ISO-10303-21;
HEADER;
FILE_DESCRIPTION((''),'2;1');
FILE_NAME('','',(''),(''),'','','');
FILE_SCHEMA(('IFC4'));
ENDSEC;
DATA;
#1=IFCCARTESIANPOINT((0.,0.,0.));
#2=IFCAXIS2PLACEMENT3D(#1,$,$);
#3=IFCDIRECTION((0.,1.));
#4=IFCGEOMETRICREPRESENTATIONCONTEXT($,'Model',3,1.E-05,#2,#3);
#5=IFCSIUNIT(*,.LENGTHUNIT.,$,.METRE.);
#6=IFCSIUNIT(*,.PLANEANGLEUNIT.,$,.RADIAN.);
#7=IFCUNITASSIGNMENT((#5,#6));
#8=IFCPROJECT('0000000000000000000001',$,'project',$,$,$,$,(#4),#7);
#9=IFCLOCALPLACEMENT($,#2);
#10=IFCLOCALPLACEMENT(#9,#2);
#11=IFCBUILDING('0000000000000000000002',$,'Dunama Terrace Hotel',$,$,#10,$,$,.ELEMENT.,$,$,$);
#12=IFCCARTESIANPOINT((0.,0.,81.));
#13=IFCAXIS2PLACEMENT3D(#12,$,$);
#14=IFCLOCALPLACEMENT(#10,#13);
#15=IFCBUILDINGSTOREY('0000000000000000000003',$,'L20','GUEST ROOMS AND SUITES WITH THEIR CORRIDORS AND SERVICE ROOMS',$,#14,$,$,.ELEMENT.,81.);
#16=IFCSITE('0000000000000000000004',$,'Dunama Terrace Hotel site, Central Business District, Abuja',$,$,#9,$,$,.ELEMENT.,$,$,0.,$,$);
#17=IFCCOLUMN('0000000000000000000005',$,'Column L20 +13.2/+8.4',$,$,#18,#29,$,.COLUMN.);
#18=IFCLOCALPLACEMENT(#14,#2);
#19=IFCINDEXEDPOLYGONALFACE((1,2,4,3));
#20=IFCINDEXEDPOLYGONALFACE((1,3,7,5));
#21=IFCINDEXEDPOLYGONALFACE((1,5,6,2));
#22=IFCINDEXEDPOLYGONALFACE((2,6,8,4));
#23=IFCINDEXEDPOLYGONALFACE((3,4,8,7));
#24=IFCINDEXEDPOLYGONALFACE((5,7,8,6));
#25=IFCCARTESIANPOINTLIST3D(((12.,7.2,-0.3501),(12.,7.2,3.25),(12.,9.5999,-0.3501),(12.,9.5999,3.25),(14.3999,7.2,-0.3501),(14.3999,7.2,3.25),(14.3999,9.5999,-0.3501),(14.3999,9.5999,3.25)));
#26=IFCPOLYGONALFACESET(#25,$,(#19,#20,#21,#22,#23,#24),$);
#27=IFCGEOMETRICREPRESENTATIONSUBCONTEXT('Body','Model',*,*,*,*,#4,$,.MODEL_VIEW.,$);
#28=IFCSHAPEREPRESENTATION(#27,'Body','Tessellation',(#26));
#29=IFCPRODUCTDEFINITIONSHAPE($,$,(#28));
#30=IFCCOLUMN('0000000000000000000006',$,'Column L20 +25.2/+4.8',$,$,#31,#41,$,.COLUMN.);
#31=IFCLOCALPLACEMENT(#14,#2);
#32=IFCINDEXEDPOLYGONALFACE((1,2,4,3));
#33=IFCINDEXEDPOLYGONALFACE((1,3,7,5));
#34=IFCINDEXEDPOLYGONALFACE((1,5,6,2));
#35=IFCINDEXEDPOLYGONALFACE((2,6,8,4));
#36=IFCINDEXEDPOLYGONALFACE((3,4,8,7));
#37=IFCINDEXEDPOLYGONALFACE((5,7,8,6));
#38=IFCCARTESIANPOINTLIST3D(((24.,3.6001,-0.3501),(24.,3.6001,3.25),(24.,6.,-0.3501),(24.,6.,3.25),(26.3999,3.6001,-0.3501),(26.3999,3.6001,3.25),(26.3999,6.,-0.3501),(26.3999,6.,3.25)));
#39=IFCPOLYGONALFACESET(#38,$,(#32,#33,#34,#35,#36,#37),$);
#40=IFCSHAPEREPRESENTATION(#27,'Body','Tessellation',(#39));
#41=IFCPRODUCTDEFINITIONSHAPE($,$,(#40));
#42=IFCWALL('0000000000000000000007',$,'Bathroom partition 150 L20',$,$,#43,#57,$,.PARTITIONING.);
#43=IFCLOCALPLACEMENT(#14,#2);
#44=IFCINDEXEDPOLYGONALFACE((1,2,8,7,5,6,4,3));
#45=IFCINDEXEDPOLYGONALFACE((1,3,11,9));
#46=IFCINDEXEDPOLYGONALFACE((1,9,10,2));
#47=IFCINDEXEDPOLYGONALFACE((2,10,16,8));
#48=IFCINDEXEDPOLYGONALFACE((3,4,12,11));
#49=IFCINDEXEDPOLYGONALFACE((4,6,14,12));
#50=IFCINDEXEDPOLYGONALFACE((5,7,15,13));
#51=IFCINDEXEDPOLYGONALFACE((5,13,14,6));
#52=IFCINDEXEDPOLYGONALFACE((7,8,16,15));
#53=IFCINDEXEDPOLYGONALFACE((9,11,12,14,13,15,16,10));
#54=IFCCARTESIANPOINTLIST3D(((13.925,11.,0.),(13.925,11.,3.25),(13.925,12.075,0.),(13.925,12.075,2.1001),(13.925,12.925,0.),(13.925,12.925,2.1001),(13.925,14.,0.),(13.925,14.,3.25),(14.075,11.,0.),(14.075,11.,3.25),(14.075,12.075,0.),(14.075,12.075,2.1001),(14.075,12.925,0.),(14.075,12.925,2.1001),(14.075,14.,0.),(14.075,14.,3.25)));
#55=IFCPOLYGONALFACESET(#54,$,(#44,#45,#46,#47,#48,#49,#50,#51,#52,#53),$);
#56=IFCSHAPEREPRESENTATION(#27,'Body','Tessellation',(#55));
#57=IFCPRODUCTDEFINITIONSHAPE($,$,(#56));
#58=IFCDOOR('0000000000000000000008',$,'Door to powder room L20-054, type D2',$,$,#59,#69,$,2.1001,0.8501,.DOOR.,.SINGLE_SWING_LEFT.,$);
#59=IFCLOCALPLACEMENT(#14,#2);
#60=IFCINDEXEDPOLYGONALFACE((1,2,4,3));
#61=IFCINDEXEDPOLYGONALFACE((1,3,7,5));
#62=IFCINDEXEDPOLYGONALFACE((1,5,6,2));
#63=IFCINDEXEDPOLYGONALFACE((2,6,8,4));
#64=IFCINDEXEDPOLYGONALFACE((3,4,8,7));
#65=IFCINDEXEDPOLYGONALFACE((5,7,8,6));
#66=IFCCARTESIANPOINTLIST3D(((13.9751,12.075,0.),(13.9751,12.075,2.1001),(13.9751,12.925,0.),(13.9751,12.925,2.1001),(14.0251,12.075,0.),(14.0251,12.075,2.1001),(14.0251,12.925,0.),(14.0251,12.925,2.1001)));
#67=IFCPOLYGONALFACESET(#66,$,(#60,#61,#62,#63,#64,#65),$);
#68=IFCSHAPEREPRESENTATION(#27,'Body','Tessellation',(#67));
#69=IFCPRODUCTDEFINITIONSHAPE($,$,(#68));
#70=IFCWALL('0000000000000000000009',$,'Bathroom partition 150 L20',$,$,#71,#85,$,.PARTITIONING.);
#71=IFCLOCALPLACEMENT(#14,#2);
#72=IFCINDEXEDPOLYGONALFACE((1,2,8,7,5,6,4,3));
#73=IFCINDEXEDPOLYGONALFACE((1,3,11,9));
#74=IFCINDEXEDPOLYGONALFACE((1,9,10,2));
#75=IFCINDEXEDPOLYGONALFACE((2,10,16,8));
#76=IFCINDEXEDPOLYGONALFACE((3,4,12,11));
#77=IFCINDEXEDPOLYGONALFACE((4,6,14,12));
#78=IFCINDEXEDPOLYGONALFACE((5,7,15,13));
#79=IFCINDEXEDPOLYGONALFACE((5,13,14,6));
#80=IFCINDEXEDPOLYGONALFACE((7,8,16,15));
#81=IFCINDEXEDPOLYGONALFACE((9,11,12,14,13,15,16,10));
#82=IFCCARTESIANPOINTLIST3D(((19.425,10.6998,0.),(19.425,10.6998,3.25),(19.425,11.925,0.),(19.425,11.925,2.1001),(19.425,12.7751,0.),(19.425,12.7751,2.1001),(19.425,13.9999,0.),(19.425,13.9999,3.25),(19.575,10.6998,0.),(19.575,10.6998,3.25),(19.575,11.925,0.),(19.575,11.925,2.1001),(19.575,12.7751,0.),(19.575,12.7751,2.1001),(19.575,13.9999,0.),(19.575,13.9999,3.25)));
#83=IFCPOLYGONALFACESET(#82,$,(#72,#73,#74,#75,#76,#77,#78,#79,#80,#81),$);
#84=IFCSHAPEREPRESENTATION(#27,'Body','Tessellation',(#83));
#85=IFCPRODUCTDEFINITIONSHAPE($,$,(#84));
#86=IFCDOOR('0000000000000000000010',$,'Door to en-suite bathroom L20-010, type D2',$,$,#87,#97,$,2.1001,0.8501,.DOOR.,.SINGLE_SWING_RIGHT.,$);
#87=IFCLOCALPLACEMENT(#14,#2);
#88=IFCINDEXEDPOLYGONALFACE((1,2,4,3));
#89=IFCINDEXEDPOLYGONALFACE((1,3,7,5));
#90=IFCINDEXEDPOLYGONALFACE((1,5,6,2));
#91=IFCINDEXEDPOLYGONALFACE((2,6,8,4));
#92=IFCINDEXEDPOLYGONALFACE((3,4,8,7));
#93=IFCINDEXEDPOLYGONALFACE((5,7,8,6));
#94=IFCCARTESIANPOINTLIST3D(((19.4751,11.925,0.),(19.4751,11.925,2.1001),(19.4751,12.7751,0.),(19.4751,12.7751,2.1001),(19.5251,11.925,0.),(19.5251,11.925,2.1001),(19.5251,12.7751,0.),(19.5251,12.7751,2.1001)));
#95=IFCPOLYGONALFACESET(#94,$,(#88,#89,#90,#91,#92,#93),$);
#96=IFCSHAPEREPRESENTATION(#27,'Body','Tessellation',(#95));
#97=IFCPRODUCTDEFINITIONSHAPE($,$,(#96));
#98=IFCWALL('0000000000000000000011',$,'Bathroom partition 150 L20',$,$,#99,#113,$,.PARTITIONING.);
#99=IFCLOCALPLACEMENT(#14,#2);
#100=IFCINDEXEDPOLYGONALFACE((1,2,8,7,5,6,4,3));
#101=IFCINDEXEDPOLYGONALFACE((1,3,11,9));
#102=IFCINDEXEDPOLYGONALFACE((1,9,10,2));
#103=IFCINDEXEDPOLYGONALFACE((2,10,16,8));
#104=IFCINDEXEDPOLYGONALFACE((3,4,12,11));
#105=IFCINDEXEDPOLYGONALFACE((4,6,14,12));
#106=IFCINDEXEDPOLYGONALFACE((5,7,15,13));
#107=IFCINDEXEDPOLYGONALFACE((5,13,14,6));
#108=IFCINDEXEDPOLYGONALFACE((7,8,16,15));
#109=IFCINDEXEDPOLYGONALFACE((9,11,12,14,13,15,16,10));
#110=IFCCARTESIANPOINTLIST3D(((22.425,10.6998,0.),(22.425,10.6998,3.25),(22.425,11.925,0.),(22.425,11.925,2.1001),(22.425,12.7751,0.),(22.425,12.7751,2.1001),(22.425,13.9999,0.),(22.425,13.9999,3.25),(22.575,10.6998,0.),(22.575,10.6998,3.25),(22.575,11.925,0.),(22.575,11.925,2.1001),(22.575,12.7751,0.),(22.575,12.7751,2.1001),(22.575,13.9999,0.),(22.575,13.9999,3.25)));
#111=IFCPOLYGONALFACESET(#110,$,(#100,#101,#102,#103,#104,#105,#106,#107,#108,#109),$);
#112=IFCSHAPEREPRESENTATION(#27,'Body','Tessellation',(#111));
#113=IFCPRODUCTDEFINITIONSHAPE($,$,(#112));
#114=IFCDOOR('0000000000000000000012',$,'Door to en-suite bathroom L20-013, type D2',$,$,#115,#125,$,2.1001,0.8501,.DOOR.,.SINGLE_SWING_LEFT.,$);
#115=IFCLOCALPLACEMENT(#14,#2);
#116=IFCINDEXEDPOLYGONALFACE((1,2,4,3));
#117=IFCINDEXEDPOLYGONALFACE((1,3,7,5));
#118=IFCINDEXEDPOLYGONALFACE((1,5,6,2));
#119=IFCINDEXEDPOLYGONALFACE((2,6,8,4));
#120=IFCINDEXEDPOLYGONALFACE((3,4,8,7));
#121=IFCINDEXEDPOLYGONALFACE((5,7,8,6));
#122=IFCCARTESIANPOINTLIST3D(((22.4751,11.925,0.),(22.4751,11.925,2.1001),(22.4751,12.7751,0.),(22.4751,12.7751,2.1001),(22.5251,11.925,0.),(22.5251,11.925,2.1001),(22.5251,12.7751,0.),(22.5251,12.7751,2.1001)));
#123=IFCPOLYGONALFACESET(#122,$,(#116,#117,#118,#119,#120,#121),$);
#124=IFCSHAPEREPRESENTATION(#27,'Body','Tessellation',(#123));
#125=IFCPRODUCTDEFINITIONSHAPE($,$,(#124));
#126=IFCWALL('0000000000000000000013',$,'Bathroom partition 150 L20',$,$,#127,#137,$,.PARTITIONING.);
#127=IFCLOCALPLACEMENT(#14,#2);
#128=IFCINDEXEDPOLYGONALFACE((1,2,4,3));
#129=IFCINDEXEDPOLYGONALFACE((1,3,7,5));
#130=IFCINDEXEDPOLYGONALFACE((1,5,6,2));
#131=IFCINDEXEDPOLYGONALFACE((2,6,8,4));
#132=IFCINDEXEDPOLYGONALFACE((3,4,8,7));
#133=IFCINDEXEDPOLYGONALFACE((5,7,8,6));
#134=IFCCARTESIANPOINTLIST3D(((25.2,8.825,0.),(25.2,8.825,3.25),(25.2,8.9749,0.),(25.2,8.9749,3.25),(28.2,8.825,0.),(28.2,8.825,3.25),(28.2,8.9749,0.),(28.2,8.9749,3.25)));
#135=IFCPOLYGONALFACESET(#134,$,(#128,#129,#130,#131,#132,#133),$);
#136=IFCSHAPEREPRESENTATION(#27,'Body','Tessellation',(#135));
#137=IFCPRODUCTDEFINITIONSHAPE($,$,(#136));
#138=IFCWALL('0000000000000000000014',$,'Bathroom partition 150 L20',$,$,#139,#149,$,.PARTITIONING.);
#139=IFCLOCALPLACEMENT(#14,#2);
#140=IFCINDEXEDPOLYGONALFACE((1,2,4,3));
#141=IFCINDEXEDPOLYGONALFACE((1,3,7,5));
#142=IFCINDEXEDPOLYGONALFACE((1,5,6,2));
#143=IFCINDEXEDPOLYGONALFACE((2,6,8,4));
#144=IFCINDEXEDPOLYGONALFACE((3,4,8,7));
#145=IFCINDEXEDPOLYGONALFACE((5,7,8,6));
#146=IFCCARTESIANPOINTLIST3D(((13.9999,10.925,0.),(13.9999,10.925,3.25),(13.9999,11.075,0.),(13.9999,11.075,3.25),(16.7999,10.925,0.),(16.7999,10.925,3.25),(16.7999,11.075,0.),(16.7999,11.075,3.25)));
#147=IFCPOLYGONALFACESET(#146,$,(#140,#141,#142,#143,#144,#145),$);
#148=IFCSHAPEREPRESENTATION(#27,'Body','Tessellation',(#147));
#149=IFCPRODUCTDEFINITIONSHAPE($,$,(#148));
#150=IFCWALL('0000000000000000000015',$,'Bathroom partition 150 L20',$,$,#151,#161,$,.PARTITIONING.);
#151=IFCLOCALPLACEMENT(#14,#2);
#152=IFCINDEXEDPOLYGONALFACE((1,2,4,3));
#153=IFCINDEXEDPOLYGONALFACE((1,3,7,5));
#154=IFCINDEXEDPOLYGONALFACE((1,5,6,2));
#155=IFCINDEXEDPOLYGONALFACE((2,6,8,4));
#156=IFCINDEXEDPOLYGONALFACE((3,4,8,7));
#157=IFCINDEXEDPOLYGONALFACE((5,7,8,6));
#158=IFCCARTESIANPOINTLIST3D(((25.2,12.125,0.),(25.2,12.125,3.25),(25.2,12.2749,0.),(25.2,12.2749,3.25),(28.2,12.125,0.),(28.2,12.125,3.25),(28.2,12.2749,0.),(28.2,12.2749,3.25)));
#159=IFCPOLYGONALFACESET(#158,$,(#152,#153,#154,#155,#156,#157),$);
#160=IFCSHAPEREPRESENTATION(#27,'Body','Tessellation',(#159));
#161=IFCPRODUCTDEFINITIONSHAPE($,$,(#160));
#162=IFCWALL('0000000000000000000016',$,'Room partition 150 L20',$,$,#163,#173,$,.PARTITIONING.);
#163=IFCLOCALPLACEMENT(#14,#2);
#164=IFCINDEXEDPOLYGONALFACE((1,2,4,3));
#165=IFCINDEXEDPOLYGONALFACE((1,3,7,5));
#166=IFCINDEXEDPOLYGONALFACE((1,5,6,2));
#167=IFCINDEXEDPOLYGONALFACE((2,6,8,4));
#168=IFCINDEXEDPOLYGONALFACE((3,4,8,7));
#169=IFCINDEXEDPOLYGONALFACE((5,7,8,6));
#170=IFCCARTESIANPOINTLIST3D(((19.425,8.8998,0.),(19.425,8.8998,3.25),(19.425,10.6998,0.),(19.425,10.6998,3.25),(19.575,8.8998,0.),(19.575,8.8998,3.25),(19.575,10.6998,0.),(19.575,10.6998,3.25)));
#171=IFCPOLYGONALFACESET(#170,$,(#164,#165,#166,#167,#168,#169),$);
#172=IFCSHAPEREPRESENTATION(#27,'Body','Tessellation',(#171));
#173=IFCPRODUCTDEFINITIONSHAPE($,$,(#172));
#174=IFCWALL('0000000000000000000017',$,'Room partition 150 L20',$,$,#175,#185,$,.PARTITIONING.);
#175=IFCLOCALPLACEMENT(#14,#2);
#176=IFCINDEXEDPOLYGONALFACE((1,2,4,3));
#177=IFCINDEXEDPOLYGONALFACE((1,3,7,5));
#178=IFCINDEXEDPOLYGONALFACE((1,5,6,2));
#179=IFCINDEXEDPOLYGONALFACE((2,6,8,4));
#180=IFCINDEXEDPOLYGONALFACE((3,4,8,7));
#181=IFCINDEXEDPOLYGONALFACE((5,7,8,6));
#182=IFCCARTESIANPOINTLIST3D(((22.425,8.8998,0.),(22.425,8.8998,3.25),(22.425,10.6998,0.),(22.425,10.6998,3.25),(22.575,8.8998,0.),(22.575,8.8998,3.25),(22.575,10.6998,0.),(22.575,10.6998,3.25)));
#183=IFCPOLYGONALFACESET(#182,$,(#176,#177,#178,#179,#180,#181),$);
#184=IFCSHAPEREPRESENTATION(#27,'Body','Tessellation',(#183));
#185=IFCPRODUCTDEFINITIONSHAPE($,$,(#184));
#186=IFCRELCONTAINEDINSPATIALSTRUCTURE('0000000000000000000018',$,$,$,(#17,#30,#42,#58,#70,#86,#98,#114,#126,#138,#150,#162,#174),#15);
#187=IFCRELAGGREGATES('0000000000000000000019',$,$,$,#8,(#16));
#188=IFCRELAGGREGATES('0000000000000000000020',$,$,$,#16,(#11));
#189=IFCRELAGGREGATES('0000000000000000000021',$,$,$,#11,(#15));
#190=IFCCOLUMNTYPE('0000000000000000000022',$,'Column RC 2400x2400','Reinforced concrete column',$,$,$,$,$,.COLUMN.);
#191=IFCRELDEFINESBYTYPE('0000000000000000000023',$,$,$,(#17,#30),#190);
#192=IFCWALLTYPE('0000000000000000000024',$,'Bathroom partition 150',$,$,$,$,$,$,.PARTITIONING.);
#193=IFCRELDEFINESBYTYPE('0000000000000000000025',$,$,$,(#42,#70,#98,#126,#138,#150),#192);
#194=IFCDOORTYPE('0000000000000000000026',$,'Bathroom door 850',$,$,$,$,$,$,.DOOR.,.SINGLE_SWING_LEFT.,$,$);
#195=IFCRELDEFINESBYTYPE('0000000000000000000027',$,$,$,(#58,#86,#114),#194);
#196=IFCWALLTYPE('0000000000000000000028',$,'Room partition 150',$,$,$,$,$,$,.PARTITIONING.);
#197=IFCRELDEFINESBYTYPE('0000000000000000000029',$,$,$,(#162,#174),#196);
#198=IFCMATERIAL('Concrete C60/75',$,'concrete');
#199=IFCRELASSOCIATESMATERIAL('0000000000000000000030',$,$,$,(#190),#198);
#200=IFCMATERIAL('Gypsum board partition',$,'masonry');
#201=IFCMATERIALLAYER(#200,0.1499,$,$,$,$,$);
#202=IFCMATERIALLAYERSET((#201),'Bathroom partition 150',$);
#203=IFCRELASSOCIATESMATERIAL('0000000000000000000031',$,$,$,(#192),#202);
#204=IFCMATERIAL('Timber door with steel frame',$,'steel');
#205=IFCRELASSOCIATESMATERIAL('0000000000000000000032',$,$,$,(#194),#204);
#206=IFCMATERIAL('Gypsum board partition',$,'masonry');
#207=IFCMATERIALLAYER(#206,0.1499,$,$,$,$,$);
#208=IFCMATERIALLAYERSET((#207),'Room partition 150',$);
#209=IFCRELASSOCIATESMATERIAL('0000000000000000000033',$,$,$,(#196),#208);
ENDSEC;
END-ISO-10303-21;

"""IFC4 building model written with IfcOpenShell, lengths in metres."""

from ifc_helpers import new_model, si_unit, direction, frame, frame_2d, origin, origin_2d, place, context, subcontext, project, spatial, rectangle, extrude, material, layer, layer_set, material_profile, profile_set, type_object, element, fill, save


model = new_model("IFC4")

# Units and contexts
model_context = context("Model", 3, precision=1e-05, world=origin(), true_north=direction((0.0, 1.0)))
body_context = subcontext(model_context, "Body", "Model", "MODEL_VIEW")
ifc_project = project(units=[si_unit("LENGTHUNIT", "METRE"), si_unit("PLANEANGLEUNIT", "RADIAN")], contexts=[model_context])

# Site, building, storey
site_placement = place(None, origin())
site = spatial("IfcSite", under=ifc_project, at=site_placement, Name="Dunama Terrace Hotel site, Central Business District, Abuja", CompositionType="ELEMENT", RefElevation=0.0)
building_placement = place(site_placement, origin())
building = spatial("IfcBuilding", under=site, at=building_placement, Name="Dunama Terrace Hotel", CompositionType="ELEMENT")
storey_placement = place(building_placement, frame((0.0, 0.0, 81.0)))
storey = spatial("IfcBuildingStorey", under=building, at=storey_placement, Name="L20", Description="GUEST ROOMS AND SUITES WITH THEIR CORRIDORS AND SERVICE ROOMS", CompositionType="ELEMENT", Elevation=81.0)

# Columns
ifc_material_1 = material(Name="Concrete C60/75", Category="concrete")
ifc_material_profile = material_profile(ifc_material_1, rectangle(XDim=2.3999, YDim=2.3999, at=origin_2d()), Name="RC 2400x2400")
ifc_profile_set = profile_set([ifc_material_profile], Name="Concrete C60/75")
column_type = type_object("IfcColumnType", Name="Column RC 2400x2400", Description="Reinforced concrete column", PredefinedType="COLUMN", material=ifc_profile_set)
for number, where, z_axis, x_axis, name in (
    (1, (13.2, 8.3999, -0.3501), (0.0, 0.0, 1.0), (1.0, 0.0, 0.0), "Column L20 +13.2/+8.4"),
    (2, (25.2, 4.8, -0.3501), (0.0, 0.0, 1.0), (1.0, 0.0, 0.0), "Column L20 +25.2/+4.8"),
):
    element("IfcColumn", number, at=place(storey_placement, frame(where, z_axis=z_axis, x_axis=x_axis)), inside=storey, type_object=column_type, Name=name, PredefinedType="COLUMN", context=body_context, shape_type="SweptSolid", body=[
        extrude(rectangle(XDim=2.3999, YDim=2.3999, at=origin_2d()), origin(), (0.0, 0.0, 1.0), 3.6001),
    ])

# Walls, openings, doors
ifc_material_2 = material(Name="Gypsum board partition", Category="masonry")
ifc_layer_1 = layer(ifc_material_2, 0.1499)
ifc_layer_set_1 = layer_set([ifc_layer_1], Name="Bathroom partition 150")
wall_type_1 = type_object("IfcWallType", Name="Bathroom partition 150", PredefinedType="PARTITIONING", material=ifc_layer_set_1)
wall_1_placement = place(storey_placement, frame((14.0, 11.0, 0.0), z_axis=(0.0, 0.0, 1.0), x_axis=(0.0, 1.0, 0.0)))
wall_1 = element("IfcWall", 3, at=wall_1_placement, inside=storey, type_object=wall_type_1, Name="Bathroom partition 150 L20", PredefinedType="PARTITIONING", context=body_context, shape_type="SweptSolid", body=[
    extrude(rectangle(XDim=3.0, YDim=0.1499, at=frame_2d((1.5, 0.0))), origin(), (0.0, 0.0, 1.0), 3.25),
])
opening_1_placement = place(wall_1_placement, frame((1.075, 0.0, 0.0)))
opening_1 = element("IfcOpeningElement", 4, at=opening_1_placement, cuts=wall_1, PredefinedType="OPENING", context=body_context, shape_type="SweptSolid", body=[
    extrude(rectangle(XDim=0.8501, YDim=2.1001, at=frame_2d((0.425, 1.05))), frame((0.0, 0.085, 0.0), z_axis=(0.0, -1.0, 0.0), x_axis=(1.0, 0.0, 0.0)), (0.0, 0.0, 1.0), 0.1699),
])
ifc_material_3 = material(Name="Timber door with steel frame", Category="steel")
door_type_1 = type_object("IfcDoorType", Name="Bathroom door 850", OperationType="SINGLE_SWING_LEFT", PredefinedType="DOOR", material=ifc_material_3)
door_1_placement = place(opening_1_placement, frame((0.8501, 0.0, 0.0), z_axis=(0.0, 0.0, 1.0), x_axis=(-1.0, 0.0, 0.0)))
door_1 = element("IfcDoor", 5, at=door_1_placement, inside=storey, type_object=door_type_1, Name="Door to powder room L20-054, type D2", OperationType="SINGLE_SWING_LEFT", OverallHeight=2.1001, OverallWidth=0.8501, PredefinedType="DOOR", context=body_context, shape_type="SweptSolid", body=[
    extrude(rectangle(XDim=0.8501, YDim=2.1001, at=frame_2d((0.425, 1.05))), frame((0.0, 0.0251, 0.0), z_axis=(0.0, -1.0, 0.0), x_axis=(1.0, 0.0, 0.0)), (0.0, 0.0, 1.0), 0.05),
])
fill(opening_1, door_1)
wall_2_placement = place(storey_placement, frame((19.5, 10.7, 0.0), z_axis=(0.0, 0.0, 1.0), x_axis=(0.0, 1.0, 0.0)))
wall_2 = element("IfcWall", 6, at=wall_2_placement, inside=storey, type_object=wall_type_1, Name="Bathroom partition 150 L20", PredefinedType="PARTITIONING", context=body_context, shape_type="SweptSolid", body=[
    extrude(rectangle(XDim=3.3, YDim=0.1499, at=frame_2d((1.6499, 0.0))), origin(), (0.0, 0.0, 1.0), 3.25),
])
opening_2_placement = place(wall_2_placement, frame((1.2251, 0.0, 0.0)))
opening_2 = element("IfcOpeningElement", 7, at=opening_2_placement, cuts=wall_2, PredefinedType="OPENING", context=body_context, shape_type="SweptSolid", body=[
    extrude(rectangle(XDim=0.8501, YDim=2.1001, at=frame_2d((0.425, 1.05))), frame((0.0, 0.085, 0.0), z_axis=(0.0, -1.0, 0.0), x_axis=(1.0, 0.0, 0.0)), (0.0, 0.0, 1.0), 0.1699),
])
door_2_placement = place(opening_2_placement, origin())
door_2 = element("IfcDoor", 8, at=door_2_placement, inside=storey, type_object=door_type_1, Name="Door to en-suite bathroom L20-010, type D2", OperationType="SINGLE_SWING_RIGHT", OverallHeight=2.1001, OverallWidth=0.8501, PredefinedType="DOOR", context=body_context, shape_type="SweptSolid", body=[
    extrude(rectangle(XDim=0.8501, YDim=2.1001, at=frame_2d((0.425, 1.05))), frame((0.0, 0.0249, 0.0), z_axis=(0.0, -1.0, 0.0), x_axis=(1.0, 0.0, 0.0)), (0.0, 0.0, 1.0), 0.05),
])
fill(opening_2, door_2)
wall_3_placement = place(storey_placement, frame((22.5, 10.7, 0.0), z_axis=(0.0, 0.0, 1.0), x_axis=(0.0, 1.0, 0.0)))
wall_3 = element("IfcWall", 9, at=wall_3_placement, inside=storey, type_object=wall_type_1, Name="Bathroom partition 150 L20", PredefinedType="PARTITIONING", context=body_context, shape_type="SweptSolid", body=[
    extrude(rectangle(XDim=3.3, YDim=0.1499, at=frame_2d((1.6499, 0.0))), origin(), (0.0, 0.0, 1.0), 3.25),
])
opening_3_placement = place(wall_3_placement, frame((1.2251, 0.0, 0.0)))
opening_3 = element("IfcOpeningElement", 10, at=opening_3_placement, cuts=wall_3, PredefinedType="OPENING", context=body_context, shape_type="SweptSolid", body=[
    extrude(rectangle(XDim=0.8501, YDim=2.1001, at=frame_2d((0.425, 1.05))), frame((0.0, 0.085, 0.0), z_axis=(0.0, -1.0, 0.0), x_axis=(1.0, 0.0, 0.0)), (0.0, 0.0, 1.0), 0.1699),
])
door_3_placement = place(opening_3_placement, frame((0.8501, 0.0, 0.0), z_axis=(0.0, 0.0, 1.0), x_axis=(-1.0, 0.0, 0.0)))
door_3 = element("IfcDoor", 11, at=door_3_placement, inside=storey, type_object=door_type_1, Name="Door to en-suite bathroom L20-013, type D2", OperationType="SINGLE_SWING_LEFT", OverallHeight=2.1001, OverallWidth=0.8501, PredefinedType="DOOR", context=body_context, shape_type="SweptSolid", body=[
    extrude(rectangle(XDim=0.8501, YDim=2.1001, at=frame_2d((0.425, 1.05))), frame((0.0, 0.0251, 0.0), z_axis=(0.0, -1.0, 0.0), x_axis=(1.0, 0.0, 0.0)), (0.0, 0.0, 1.0), 0.05),
])
fill(opening_3, door_3)

# Walls
wall_4_placement = place(storey_placement, frame((25.2, 8.8999, 0.0), z_axis=(0.0, 0.0, 1.0), x_axis=(1.0, 0.0, 0.0)))
element("IfcWall", 12, at=wall_4_placement, inside=storey, type_object=wall_type_1, Name="Bathroom partition 150 L20", PredefinedType="PARTITIONING", context=body_context, shape_type="SweptSolid", body=[
    extrude(rectangle(XDim=3.0, YDim=0.1499, at=frame_2d((1.5, 0.0))), origin(), (0.0, 0.0, 1.0), 3.25),
])
wall_5_placement = place(storey_placement, frame((14.0, 11.0, 0.0), z_axis=(0.0, 0.0, 1.0), x_axis=(1.0, 0.0, 0.0)))
element("IfcWall", 13, at=wall_5_placement, inside=storey, type_object=wall_type_1, Name="Bathroom partition 150 L20", PredefinedType="PARTITIONING", context=body_context, shape_type="SweptSolid", body=[
    extrude(rectangle(XDim=2.8, YDim=0.1499, at=frame_2d((1.3999, 0.0))), origin(), (0.0, 0.0, 1.0), 3.25),
])
wall_6_placement = place(storey_placement, frame((25.2, 12.2, 0.0), z_axis=(0.0, 0.0, 1.0), x_axis=(1.0, 0.0, 0.0)))
element("IfcWall", 14, at=wall_6_placement, inside=storey, type_object=wall_type_1, Name="Bathroom partition 150 L20", PredefinedType="PARTITIONING", context=body_context, shape_type="SweptSolid", body=[
    extrude(rectangle(XDim=3.0, YDim=0.1499, at=frame_2d((1.5, 0.0))), origin(), (0.0, 0.0, 1.0), 3.25),
])
ifc_material_4 = material(Name="Gypsum board partition", Category="masonry")
ifc_layer_2 = layer(ifc_material_4, 0.1499)
ifc_layer_set_2 = layer_set([ifc_layer_2], Name="Room partition 150")
wall_type_2 = type_object("IfcWallType", Name="Room partition 150", PredefinedType="PARTITIONING", material=ifc_layer_set_2)
for number, where, z_axis, x_axis, name in (
    (15, (19.5, 8.8999, 0.0), (0.0, 0.0, 1.0), (0.0, 1.0, 0.0), "Room partition 150 L20"),
    (16, (22.5, 8.8999, 0.0), (0.0, 0.0, 1.0), (0.0, 1.0, 0.0), "Room partition 150 L20"),
):
    element("IfcWall", number, at=place(storey_placement, frame(where, z_axis=z_axis, x_axis=x_axis)), inside=storey, type_object=wall_type_2, Name=name, PredefinedType="PARTITIONING", context=body_context, shape_type="SweptSolid", body=[
        extrude(rectangle(XDim=1.8, YDim=0.1499, at=frame_2d((0.8999, 0.0))), origin(), (0.0, 0.0, 1.0), 3.25),
    ])

save(model, "model.ifc")
